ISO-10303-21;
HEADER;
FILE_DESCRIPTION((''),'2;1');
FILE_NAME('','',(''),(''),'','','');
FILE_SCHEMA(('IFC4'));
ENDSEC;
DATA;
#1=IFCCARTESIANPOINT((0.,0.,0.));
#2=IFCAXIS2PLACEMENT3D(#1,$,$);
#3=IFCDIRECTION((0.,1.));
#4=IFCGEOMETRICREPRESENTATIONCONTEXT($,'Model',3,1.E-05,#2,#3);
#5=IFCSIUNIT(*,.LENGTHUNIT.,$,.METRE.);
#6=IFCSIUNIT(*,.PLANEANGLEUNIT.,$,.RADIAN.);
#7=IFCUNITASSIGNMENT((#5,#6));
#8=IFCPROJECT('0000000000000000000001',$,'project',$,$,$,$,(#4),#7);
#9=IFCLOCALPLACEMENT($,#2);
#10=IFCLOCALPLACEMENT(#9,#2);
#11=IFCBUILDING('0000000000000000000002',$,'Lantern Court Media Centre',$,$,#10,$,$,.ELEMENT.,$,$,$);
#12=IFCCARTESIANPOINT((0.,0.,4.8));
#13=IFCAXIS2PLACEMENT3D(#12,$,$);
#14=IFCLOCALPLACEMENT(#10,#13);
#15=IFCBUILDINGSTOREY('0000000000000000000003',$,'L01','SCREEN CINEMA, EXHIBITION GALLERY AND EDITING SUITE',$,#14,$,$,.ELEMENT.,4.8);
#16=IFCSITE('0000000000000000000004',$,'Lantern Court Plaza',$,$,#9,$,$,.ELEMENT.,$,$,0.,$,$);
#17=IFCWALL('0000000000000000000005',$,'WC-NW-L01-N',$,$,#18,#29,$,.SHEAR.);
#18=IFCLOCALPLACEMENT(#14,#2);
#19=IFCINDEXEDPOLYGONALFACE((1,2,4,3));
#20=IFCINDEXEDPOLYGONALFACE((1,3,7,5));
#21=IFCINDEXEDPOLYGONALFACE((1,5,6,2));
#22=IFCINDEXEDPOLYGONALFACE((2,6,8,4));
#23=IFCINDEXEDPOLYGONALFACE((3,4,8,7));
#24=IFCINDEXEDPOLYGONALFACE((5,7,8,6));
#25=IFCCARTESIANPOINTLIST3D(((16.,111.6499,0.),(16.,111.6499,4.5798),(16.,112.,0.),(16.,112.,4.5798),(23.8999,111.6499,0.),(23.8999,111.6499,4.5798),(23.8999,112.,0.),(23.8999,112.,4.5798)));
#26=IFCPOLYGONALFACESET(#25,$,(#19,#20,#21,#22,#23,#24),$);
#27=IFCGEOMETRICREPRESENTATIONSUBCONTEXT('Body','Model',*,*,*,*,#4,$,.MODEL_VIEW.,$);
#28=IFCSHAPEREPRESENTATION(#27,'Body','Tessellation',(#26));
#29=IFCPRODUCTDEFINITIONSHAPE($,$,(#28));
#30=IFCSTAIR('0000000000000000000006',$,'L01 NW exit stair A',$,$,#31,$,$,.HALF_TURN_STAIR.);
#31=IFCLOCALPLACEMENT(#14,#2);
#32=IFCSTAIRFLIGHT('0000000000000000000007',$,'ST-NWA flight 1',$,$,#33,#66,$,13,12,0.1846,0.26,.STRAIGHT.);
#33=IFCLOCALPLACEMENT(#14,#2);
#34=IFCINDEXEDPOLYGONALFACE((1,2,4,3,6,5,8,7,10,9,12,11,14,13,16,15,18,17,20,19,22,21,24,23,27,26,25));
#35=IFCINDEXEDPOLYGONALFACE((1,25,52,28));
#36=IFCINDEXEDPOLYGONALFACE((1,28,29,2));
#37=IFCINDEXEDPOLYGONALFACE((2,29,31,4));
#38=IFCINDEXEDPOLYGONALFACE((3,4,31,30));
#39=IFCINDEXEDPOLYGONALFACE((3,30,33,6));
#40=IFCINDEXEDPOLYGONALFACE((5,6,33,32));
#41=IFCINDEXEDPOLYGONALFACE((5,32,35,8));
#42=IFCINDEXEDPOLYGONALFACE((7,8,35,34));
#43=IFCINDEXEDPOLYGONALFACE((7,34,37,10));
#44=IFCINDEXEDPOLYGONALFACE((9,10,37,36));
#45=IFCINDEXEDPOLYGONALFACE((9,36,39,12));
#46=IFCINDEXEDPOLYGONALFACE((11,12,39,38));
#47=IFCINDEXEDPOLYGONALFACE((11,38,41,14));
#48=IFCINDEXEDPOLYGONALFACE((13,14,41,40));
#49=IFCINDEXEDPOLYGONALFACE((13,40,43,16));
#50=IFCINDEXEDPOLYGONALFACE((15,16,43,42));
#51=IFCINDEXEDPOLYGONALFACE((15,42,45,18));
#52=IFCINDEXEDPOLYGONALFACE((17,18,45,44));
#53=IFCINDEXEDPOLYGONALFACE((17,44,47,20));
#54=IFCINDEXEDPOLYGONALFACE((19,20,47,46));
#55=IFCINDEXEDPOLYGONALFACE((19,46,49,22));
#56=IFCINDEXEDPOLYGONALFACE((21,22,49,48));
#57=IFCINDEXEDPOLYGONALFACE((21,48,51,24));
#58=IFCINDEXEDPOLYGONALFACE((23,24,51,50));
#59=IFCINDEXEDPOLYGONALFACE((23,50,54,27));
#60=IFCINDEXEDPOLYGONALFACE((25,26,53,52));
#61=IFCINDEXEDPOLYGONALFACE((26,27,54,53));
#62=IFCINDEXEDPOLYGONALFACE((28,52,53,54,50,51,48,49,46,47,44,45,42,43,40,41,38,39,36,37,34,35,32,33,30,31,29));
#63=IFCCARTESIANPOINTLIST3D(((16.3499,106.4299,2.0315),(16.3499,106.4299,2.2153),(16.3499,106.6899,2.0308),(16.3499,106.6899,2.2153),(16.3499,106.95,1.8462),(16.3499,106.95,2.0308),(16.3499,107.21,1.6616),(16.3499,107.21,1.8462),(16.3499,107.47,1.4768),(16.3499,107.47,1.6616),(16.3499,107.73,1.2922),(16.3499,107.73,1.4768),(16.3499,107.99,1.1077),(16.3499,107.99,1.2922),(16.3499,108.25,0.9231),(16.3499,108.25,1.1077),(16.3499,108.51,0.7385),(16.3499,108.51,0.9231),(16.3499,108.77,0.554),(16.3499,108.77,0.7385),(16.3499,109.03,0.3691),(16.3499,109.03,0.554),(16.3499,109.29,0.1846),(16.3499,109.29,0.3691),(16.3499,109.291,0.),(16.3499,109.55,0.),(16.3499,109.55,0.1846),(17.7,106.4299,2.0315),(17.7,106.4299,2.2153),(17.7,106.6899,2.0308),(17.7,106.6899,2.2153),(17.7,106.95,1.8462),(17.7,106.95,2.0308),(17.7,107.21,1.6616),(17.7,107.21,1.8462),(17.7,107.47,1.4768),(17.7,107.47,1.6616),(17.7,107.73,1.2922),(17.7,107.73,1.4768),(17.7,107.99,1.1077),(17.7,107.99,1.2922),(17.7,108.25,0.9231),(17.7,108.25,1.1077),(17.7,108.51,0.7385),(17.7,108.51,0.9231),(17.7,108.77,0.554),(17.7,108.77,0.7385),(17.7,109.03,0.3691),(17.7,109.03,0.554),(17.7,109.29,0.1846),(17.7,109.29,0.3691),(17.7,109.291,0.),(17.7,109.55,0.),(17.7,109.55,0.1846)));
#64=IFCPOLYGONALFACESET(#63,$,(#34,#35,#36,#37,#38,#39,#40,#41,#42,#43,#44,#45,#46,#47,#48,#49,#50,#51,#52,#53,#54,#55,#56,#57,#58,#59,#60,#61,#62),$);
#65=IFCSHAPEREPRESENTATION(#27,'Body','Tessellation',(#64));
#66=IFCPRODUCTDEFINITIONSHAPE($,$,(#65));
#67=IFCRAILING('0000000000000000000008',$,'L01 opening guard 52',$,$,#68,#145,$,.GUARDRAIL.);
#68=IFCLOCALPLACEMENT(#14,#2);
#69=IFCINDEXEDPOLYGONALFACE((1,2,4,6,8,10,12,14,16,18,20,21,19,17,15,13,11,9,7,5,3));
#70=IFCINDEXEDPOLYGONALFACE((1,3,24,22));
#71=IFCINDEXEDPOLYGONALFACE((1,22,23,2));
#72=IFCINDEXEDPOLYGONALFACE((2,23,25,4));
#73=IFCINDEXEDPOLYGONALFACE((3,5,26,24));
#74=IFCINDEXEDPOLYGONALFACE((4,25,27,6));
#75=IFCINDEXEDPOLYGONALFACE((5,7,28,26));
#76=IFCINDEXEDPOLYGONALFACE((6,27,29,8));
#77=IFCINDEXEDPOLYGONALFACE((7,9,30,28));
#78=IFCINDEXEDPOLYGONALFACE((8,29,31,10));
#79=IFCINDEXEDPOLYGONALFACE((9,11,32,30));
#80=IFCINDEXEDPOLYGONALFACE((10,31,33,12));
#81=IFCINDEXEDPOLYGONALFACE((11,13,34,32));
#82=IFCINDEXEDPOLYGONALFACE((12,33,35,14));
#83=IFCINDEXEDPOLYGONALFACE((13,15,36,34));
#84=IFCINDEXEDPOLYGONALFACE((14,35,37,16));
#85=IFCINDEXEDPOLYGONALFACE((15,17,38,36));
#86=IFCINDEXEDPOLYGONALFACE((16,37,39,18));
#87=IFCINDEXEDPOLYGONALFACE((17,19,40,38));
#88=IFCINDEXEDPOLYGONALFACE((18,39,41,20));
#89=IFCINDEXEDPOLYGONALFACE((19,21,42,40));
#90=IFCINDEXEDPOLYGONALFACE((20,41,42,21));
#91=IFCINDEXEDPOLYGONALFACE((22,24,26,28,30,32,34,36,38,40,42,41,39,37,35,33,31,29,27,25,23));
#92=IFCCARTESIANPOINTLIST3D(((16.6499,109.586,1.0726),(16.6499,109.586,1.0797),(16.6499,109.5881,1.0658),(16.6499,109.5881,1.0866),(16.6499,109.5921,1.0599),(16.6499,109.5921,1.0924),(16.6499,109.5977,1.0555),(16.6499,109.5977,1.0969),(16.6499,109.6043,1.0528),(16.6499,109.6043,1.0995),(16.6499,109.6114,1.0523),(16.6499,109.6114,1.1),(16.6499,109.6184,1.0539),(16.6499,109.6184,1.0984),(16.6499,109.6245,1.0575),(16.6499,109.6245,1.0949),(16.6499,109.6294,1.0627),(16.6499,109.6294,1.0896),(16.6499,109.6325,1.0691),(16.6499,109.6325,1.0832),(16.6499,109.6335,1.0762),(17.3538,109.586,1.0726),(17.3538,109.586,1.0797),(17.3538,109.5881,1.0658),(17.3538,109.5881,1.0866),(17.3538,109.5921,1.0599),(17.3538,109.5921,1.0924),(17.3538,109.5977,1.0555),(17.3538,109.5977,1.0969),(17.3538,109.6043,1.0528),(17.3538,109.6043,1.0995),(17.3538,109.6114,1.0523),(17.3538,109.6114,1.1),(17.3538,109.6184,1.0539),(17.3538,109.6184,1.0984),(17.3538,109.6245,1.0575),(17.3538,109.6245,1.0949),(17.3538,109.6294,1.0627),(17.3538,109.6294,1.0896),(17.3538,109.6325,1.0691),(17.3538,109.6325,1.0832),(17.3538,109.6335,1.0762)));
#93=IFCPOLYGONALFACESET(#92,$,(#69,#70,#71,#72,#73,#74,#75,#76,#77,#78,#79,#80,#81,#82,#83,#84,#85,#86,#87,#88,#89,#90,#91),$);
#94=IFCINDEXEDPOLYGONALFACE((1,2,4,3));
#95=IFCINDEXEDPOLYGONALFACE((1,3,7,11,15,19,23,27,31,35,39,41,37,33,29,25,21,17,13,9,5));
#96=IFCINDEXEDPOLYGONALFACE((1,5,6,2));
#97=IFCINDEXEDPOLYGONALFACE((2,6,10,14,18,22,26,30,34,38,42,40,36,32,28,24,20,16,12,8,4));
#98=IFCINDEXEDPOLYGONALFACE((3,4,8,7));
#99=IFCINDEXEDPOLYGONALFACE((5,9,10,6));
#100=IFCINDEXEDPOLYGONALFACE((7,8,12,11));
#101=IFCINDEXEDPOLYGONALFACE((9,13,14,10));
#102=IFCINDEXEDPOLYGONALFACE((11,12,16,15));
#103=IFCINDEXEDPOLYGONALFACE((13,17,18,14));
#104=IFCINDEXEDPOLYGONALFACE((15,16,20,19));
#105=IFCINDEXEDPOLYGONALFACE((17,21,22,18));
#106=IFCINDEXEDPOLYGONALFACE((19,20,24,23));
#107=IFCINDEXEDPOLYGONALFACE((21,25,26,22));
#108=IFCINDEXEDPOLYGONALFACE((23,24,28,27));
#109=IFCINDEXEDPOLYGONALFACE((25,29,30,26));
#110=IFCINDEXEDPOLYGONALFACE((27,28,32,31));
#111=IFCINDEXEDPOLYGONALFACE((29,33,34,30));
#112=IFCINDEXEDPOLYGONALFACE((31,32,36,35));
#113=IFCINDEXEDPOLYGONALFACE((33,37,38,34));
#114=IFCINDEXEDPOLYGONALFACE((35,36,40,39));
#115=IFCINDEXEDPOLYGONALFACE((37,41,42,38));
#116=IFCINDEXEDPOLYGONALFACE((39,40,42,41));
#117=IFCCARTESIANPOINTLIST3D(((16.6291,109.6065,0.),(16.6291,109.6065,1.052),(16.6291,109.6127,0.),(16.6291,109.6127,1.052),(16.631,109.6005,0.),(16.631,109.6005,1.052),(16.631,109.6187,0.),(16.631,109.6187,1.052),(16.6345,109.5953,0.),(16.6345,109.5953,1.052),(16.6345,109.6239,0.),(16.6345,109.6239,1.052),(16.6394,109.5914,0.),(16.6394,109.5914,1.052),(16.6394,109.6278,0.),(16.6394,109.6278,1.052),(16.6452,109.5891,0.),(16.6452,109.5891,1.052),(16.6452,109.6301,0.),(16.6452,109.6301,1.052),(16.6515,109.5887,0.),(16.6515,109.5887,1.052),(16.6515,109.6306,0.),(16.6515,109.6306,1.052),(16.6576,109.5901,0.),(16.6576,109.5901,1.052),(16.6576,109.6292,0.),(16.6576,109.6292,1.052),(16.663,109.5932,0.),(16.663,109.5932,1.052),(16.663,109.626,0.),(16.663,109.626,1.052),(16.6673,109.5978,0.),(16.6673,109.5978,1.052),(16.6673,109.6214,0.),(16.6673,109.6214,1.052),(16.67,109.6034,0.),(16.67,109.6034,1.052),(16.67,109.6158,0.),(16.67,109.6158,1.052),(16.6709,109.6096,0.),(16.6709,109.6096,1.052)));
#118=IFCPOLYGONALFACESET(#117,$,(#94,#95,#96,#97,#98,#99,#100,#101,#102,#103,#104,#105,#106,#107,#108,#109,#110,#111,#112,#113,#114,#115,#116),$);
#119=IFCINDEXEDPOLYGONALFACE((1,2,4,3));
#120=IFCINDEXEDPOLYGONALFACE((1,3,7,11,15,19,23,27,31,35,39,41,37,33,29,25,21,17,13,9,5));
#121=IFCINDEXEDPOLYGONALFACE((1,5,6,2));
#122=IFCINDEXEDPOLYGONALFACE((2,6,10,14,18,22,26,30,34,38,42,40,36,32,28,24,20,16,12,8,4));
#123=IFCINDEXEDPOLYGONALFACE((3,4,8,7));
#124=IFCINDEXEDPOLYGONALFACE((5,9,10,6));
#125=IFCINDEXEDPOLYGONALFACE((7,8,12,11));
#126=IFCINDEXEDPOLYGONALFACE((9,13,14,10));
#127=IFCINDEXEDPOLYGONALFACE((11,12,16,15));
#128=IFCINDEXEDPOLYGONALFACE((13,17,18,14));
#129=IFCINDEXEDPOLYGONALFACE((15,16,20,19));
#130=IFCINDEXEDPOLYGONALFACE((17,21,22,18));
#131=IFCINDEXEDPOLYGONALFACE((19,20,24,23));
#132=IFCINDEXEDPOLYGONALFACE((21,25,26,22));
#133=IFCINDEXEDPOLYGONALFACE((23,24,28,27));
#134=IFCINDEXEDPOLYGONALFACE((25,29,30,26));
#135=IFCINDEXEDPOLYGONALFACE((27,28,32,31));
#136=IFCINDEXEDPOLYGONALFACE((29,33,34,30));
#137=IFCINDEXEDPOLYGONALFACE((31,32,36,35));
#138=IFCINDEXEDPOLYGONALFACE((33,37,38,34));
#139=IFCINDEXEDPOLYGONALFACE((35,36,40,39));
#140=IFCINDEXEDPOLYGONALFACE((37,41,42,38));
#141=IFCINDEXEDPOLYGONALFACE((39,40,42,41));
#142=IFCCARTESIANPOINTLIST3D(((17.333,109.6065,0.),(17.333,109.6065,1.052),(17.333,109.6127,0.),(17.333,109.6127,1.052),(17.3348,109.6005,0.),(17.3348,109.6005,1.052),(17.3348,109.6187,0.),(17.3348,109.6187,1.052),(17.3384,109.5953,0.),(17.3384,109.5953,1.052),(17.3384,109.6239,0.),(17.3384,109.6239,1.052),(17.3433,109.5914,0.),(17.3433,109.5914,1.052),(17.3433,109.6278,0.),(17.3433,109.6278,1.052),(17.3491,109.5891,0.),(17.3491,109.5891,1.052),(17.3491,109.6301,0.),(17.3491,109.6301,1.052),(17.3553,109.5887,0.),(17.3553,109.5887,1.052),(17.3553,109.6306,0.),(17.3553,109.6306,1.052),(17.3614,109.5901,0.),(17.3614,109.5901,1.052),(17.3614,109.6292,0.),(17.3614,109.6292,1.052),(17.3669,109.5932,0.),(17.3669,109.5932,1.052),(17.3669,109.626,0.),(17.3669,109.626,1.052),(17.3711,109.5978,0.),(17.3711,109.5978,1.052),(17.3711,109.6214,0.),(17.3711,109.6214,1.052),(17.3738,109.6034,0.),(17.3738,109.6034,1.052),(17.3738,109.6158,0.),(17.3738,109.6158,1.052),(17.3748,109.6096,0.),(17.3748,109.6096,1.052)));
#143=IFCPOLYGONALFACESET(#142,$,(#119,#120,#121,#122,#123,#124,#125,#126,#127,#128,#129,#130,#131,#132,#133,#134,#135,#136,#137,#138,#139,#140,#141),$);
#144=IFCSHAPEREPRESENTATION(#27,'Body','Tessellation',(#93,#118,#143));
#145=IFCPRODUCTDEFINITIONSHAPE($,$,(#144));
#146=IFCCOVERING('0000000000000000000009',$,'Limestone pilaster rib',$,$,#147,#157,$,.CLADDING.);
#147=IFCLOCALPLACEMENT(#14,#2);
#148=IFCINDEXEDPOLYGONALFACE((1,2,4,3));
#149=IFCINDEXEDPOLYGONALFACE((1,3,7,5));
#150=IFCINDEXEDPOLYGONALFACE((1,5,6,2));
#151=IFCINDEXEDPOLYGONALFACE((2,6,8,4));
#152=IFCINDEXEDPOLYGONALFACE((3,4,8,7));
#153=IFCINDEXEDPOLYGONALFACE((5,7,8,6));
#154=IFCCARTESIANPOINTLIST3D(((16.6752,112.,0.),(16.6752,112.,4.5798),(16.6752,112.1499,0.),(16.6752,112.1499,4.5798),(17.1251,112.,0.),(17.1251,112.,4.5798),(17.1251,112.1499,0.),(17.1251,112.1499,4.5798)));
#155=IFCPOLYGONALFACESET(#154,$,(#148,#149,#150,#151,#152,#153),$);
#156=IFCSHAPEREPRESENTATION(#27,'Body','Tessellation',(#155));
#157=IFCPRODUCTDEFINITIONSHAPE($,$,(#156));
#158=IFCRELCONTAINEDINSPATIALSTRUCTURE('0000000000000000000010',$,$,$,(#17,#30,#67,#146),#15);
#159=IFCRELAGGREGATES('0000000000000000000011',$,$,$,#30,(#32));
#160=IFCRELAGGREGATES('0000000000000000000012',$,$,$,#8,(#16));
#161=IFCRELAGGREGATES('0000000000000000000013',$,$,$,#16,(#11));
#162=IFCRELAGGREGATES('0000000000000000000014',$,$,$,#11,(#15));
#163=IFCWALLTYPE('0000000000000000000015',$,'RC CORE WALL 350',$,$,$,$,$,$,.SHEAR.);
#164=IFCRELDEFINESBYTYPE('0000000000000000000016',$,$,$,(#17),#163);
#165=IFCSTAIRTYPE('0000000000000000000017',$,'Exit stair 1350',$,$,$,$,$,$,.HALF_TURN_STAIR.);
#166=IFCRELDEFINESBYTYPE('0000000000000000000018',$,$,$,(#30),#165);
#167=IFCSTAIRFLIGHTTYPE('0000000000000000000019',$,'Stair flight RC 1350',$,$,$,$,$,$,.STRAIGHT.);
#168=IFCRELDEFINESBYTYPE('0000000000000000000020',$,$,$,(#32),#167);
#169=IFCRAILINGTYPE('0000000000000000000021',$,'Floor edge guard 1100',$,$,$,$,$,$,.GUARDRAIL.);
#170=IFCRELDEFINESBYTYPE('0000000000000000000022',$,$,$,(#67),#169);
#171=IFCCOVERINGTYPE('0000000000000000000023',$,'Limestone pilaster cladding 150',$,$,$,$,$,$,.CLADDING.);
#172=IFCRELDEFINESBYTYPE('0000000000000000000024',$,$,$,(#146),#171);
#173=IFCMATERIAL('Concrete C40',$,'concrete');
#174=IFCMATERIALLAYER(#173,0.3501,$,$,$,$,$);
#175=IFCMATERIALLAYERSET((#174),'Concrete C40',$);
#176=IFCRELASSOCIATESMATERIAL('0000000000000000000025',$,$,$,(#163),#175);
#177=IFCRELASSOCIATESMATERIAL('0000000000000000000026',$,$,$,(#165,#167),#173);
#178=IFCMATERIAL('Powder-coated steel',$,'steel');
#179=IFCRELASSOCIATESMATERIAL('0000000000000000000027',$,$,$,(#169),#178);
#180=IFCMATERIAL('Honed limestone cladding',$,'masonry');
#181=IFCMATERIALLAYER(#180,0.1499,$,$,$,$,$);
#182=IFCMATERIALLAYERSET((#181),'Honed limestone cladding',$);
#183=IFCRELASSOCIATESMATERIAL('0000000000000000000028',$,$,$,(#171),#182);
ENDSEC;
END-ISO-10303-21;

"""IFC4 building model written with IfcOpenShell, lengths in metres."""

from ifc_helpers import new_model, si_unit, direction, frame, frame_2d, origin, origin_2d, place, context, subcontext, project, spatial, polyline, rectangle, circle, outline, extrude, material, layer, layer_set, type_object, element, aggregate, save


model = new_model("IFC4")

# Units and contexts
model_context = context("Model", 3, precision=1e-05, world=origin(), true_north=direction((0.0, 1.0)))
body_context = subcontext(model_context, "Body", "Model", "MODEL_VIEW")
ifc_project = project(units=[si_unit("LENGTHUNIT", "METRE"), si_unit("PLANEANGLEUNIT", "RADIAN")], contexts=[model_context])

# Site, building, storey
site_placement = place(None, origin())
site = spatial("IfcSite", under=ifc_project, at=site_placement, Name="Lantern Court Plaza", CompositionType="ELEMENT", RefElevation=0.0)
building_placement = place(site_placement, origin())
building = spatial("IfcBuilding", under=site, at=building_placement, Name="Lantern Court Media Centre", CompositionType="ELEMENT")
storey_placement = place(building_placement, frame((0.0, 0.0, 4.8)))
storey = spatial("IfcBuildingStorey", under=building, at=storey_placement, Name="L01", Description="SCREEN CINEMA, EXHIBITION GALLERY AND EDITING SUITE", CompositionType="ELEMENT", Elevation=4.8)

# Wall
ifc_material_1 = material(Name="Concrete C40", Category="concrete")
ifc_layer_1 = layer(ifc_material_1, 0.3501)
ifc_layer_set_1 = layer_set([ifc_layer_1], Name="Concrete C40")
wall_type_1 = type_object("IfcWallType", Name="RC CORE WALL 350", PredefinedType="SHEAR", material=ifc_layer_set_1)
wall_1_placement = place(storey_placement, frame((16.0, 111.825, 0.0), z_axis=(0.0, 0.0, 1.0), x_axis=(1.0, 0.0, 0.0)))
element("IfcWall", 1, at=wall_1_placement, inside=storey, type_object=wall_type_1, Name="WC-NW-L01-N", PredefinedType="SHEAR", context=body_context, shape_type="SweptSolid", body=[
    extrude(rectangle(XDim=7.8999, YDim=0.3501, at=frame_2d((3.95, 0.0))), origin(), (0.0, 0.0, 1.0), 4.5798),
])

# Stair, stair flight
stair_type = type_object("IfcStairType", Name="Exit stair 1350", PredefinedType="HALF_TURN_STAIR", material=ifc_material_1)
stair_placement = place(storey_placement, origin())
stair = element("IfcStair", 2, at=stair_placement, inside=storey, type_object=stair_type, Name="L01 NW exit stair A", PredefinedType="HALF_TURN_STAIR")
stair_flight_type = type_object("IfcStairFlightType", Name="Stair flight RC 1350", PredefinedType="STRAIGHT", material=ifc_material_1)
stair_flight_placement = place(storey_placement, frame((17.0249, 109.55, 0.0), z_axis=(0.0, 0.0, 1.0), x_axis=(0.0, -1.0, 0.0)))
stair_flight = element("IfcStairFlight", 3, at=stair_flight_placement, type_object=stair_flight_type, Name="ST-NWA flight 1", NumberOfRisers=13, NumberOfTreads=12, PredefinedType="STRAIGHT", RiserHeight=0.1846, TreadLength=0.26, context=body_context, shape_type="SweptSolid", body=[
    extrude(outline(polyline([(0.0, 0.0), (0.0, 0.1846), (0.26, 0.1846), (0.26, 0.3691), (0.52, 0.3691), (0.52, 0.554), (0.78, 0.554), (0.78, 0.7385), (1.04, 0.7385), (1.04, 0.9231), (1.3, 0.9231), (1.3, 1.1077), (1.5601, 1.1077), (1.5601, 1.2922), (1.8201, 1.2922), (1.8201, 1.4768), (2.0801, 1.4768), (2.0801, 1.6616), (2.3401, 1.6616), (2.3401, 1.8462), (2.6001, 1.8462), (2.6001, 2.0308), (2.8601, 2.0308), (2.8601, 2.2153), (3.1201, 2.2153), (3.1201, 2.3999), (3.1201, 2.0315), (0.259, 0.0), (0.0, 0.0)])), frame((0.0, 0.675, 0.0), z_axis=(0.0, -1.0, 0.0), x_axis=(1.0, 0.0, 0.0)), (0.0, 0.0, 1.0), 1.3501),
])
aggregate(stair, [stair_flight])

# Railing
ifc_material_2 = material(Name="Powder-coated steel", Category="steel")
railing_type_1 = type_object("IfcRailingType", Name="Floor edge guard 1100", PredefinedType="GUARDRAIL", material=ifc_material_2)
railing_1_placement = place(storey_placement, frame((16.6499, 109.6096, 0.0)))
element("IfcRailing", 4, at=railing_1_placement, inside=storey, type_object=railing_type_1, Name="L01 opening guard 52", PredefinedType="GUARDRAIL", context=body_context, shape_type="SweptSolid", body=[
    extrude(circle(Radius=0.0239, at=origin_2d()), frame((0.0, 0.0, 1.0762), z_axis=(1.0, 0.0, 0.0), x_axis=(0.0, 1.0, 0.0)), (0.0, 0.0, 1.0), 0.7039),
    extrude(circle(Radius=0.021, at=origin_2d()), origin(), (0.0, 0.0, 1.0), 1.052),
    extrude(circle(Radius=0.021, at=origin_2d()), frame((0.7039, 0.0, 0.0)), (0.0, 0.0, 1.0), 1.052),
])

# Covering
ifc_material_3 = material(Name="Honed limestone cladding", Category="masonry")
ifc_layer_2 = layer(ifc_material_3, 0.1499)
ifc_layer_set_2 = layer_set([ifc_layer_2], Name="Honed limestone cladding")
covering_type = type_object("IfcCoveringType", Name="Limestone pilaster cladding 150", PredefinedType="CLADDING", material=ifc_layer_set_2)
covering_placement = place(storey_placement, frame((16.675, 112.075, 0.0), z_axis=(0.0, 0.0, 1.0), x_axis=(1.0, 0.0, 0.0)))
element("IfcCovering", 5, at=covering_placement, inside=storey, type_object=covering_type, Name="Limestone pilaster rib", PredefinedType="CLADDING", context=body_context, shape_type="SweptSolid", body=[
    extrude(rectangle(XDim=0.45, YDim=0.1499, at=frame_2d((0.2251, 0.0))), origin(), (0.0, 0.0, 1.0), 4.5798),
])

save(model, "model.ifc")
